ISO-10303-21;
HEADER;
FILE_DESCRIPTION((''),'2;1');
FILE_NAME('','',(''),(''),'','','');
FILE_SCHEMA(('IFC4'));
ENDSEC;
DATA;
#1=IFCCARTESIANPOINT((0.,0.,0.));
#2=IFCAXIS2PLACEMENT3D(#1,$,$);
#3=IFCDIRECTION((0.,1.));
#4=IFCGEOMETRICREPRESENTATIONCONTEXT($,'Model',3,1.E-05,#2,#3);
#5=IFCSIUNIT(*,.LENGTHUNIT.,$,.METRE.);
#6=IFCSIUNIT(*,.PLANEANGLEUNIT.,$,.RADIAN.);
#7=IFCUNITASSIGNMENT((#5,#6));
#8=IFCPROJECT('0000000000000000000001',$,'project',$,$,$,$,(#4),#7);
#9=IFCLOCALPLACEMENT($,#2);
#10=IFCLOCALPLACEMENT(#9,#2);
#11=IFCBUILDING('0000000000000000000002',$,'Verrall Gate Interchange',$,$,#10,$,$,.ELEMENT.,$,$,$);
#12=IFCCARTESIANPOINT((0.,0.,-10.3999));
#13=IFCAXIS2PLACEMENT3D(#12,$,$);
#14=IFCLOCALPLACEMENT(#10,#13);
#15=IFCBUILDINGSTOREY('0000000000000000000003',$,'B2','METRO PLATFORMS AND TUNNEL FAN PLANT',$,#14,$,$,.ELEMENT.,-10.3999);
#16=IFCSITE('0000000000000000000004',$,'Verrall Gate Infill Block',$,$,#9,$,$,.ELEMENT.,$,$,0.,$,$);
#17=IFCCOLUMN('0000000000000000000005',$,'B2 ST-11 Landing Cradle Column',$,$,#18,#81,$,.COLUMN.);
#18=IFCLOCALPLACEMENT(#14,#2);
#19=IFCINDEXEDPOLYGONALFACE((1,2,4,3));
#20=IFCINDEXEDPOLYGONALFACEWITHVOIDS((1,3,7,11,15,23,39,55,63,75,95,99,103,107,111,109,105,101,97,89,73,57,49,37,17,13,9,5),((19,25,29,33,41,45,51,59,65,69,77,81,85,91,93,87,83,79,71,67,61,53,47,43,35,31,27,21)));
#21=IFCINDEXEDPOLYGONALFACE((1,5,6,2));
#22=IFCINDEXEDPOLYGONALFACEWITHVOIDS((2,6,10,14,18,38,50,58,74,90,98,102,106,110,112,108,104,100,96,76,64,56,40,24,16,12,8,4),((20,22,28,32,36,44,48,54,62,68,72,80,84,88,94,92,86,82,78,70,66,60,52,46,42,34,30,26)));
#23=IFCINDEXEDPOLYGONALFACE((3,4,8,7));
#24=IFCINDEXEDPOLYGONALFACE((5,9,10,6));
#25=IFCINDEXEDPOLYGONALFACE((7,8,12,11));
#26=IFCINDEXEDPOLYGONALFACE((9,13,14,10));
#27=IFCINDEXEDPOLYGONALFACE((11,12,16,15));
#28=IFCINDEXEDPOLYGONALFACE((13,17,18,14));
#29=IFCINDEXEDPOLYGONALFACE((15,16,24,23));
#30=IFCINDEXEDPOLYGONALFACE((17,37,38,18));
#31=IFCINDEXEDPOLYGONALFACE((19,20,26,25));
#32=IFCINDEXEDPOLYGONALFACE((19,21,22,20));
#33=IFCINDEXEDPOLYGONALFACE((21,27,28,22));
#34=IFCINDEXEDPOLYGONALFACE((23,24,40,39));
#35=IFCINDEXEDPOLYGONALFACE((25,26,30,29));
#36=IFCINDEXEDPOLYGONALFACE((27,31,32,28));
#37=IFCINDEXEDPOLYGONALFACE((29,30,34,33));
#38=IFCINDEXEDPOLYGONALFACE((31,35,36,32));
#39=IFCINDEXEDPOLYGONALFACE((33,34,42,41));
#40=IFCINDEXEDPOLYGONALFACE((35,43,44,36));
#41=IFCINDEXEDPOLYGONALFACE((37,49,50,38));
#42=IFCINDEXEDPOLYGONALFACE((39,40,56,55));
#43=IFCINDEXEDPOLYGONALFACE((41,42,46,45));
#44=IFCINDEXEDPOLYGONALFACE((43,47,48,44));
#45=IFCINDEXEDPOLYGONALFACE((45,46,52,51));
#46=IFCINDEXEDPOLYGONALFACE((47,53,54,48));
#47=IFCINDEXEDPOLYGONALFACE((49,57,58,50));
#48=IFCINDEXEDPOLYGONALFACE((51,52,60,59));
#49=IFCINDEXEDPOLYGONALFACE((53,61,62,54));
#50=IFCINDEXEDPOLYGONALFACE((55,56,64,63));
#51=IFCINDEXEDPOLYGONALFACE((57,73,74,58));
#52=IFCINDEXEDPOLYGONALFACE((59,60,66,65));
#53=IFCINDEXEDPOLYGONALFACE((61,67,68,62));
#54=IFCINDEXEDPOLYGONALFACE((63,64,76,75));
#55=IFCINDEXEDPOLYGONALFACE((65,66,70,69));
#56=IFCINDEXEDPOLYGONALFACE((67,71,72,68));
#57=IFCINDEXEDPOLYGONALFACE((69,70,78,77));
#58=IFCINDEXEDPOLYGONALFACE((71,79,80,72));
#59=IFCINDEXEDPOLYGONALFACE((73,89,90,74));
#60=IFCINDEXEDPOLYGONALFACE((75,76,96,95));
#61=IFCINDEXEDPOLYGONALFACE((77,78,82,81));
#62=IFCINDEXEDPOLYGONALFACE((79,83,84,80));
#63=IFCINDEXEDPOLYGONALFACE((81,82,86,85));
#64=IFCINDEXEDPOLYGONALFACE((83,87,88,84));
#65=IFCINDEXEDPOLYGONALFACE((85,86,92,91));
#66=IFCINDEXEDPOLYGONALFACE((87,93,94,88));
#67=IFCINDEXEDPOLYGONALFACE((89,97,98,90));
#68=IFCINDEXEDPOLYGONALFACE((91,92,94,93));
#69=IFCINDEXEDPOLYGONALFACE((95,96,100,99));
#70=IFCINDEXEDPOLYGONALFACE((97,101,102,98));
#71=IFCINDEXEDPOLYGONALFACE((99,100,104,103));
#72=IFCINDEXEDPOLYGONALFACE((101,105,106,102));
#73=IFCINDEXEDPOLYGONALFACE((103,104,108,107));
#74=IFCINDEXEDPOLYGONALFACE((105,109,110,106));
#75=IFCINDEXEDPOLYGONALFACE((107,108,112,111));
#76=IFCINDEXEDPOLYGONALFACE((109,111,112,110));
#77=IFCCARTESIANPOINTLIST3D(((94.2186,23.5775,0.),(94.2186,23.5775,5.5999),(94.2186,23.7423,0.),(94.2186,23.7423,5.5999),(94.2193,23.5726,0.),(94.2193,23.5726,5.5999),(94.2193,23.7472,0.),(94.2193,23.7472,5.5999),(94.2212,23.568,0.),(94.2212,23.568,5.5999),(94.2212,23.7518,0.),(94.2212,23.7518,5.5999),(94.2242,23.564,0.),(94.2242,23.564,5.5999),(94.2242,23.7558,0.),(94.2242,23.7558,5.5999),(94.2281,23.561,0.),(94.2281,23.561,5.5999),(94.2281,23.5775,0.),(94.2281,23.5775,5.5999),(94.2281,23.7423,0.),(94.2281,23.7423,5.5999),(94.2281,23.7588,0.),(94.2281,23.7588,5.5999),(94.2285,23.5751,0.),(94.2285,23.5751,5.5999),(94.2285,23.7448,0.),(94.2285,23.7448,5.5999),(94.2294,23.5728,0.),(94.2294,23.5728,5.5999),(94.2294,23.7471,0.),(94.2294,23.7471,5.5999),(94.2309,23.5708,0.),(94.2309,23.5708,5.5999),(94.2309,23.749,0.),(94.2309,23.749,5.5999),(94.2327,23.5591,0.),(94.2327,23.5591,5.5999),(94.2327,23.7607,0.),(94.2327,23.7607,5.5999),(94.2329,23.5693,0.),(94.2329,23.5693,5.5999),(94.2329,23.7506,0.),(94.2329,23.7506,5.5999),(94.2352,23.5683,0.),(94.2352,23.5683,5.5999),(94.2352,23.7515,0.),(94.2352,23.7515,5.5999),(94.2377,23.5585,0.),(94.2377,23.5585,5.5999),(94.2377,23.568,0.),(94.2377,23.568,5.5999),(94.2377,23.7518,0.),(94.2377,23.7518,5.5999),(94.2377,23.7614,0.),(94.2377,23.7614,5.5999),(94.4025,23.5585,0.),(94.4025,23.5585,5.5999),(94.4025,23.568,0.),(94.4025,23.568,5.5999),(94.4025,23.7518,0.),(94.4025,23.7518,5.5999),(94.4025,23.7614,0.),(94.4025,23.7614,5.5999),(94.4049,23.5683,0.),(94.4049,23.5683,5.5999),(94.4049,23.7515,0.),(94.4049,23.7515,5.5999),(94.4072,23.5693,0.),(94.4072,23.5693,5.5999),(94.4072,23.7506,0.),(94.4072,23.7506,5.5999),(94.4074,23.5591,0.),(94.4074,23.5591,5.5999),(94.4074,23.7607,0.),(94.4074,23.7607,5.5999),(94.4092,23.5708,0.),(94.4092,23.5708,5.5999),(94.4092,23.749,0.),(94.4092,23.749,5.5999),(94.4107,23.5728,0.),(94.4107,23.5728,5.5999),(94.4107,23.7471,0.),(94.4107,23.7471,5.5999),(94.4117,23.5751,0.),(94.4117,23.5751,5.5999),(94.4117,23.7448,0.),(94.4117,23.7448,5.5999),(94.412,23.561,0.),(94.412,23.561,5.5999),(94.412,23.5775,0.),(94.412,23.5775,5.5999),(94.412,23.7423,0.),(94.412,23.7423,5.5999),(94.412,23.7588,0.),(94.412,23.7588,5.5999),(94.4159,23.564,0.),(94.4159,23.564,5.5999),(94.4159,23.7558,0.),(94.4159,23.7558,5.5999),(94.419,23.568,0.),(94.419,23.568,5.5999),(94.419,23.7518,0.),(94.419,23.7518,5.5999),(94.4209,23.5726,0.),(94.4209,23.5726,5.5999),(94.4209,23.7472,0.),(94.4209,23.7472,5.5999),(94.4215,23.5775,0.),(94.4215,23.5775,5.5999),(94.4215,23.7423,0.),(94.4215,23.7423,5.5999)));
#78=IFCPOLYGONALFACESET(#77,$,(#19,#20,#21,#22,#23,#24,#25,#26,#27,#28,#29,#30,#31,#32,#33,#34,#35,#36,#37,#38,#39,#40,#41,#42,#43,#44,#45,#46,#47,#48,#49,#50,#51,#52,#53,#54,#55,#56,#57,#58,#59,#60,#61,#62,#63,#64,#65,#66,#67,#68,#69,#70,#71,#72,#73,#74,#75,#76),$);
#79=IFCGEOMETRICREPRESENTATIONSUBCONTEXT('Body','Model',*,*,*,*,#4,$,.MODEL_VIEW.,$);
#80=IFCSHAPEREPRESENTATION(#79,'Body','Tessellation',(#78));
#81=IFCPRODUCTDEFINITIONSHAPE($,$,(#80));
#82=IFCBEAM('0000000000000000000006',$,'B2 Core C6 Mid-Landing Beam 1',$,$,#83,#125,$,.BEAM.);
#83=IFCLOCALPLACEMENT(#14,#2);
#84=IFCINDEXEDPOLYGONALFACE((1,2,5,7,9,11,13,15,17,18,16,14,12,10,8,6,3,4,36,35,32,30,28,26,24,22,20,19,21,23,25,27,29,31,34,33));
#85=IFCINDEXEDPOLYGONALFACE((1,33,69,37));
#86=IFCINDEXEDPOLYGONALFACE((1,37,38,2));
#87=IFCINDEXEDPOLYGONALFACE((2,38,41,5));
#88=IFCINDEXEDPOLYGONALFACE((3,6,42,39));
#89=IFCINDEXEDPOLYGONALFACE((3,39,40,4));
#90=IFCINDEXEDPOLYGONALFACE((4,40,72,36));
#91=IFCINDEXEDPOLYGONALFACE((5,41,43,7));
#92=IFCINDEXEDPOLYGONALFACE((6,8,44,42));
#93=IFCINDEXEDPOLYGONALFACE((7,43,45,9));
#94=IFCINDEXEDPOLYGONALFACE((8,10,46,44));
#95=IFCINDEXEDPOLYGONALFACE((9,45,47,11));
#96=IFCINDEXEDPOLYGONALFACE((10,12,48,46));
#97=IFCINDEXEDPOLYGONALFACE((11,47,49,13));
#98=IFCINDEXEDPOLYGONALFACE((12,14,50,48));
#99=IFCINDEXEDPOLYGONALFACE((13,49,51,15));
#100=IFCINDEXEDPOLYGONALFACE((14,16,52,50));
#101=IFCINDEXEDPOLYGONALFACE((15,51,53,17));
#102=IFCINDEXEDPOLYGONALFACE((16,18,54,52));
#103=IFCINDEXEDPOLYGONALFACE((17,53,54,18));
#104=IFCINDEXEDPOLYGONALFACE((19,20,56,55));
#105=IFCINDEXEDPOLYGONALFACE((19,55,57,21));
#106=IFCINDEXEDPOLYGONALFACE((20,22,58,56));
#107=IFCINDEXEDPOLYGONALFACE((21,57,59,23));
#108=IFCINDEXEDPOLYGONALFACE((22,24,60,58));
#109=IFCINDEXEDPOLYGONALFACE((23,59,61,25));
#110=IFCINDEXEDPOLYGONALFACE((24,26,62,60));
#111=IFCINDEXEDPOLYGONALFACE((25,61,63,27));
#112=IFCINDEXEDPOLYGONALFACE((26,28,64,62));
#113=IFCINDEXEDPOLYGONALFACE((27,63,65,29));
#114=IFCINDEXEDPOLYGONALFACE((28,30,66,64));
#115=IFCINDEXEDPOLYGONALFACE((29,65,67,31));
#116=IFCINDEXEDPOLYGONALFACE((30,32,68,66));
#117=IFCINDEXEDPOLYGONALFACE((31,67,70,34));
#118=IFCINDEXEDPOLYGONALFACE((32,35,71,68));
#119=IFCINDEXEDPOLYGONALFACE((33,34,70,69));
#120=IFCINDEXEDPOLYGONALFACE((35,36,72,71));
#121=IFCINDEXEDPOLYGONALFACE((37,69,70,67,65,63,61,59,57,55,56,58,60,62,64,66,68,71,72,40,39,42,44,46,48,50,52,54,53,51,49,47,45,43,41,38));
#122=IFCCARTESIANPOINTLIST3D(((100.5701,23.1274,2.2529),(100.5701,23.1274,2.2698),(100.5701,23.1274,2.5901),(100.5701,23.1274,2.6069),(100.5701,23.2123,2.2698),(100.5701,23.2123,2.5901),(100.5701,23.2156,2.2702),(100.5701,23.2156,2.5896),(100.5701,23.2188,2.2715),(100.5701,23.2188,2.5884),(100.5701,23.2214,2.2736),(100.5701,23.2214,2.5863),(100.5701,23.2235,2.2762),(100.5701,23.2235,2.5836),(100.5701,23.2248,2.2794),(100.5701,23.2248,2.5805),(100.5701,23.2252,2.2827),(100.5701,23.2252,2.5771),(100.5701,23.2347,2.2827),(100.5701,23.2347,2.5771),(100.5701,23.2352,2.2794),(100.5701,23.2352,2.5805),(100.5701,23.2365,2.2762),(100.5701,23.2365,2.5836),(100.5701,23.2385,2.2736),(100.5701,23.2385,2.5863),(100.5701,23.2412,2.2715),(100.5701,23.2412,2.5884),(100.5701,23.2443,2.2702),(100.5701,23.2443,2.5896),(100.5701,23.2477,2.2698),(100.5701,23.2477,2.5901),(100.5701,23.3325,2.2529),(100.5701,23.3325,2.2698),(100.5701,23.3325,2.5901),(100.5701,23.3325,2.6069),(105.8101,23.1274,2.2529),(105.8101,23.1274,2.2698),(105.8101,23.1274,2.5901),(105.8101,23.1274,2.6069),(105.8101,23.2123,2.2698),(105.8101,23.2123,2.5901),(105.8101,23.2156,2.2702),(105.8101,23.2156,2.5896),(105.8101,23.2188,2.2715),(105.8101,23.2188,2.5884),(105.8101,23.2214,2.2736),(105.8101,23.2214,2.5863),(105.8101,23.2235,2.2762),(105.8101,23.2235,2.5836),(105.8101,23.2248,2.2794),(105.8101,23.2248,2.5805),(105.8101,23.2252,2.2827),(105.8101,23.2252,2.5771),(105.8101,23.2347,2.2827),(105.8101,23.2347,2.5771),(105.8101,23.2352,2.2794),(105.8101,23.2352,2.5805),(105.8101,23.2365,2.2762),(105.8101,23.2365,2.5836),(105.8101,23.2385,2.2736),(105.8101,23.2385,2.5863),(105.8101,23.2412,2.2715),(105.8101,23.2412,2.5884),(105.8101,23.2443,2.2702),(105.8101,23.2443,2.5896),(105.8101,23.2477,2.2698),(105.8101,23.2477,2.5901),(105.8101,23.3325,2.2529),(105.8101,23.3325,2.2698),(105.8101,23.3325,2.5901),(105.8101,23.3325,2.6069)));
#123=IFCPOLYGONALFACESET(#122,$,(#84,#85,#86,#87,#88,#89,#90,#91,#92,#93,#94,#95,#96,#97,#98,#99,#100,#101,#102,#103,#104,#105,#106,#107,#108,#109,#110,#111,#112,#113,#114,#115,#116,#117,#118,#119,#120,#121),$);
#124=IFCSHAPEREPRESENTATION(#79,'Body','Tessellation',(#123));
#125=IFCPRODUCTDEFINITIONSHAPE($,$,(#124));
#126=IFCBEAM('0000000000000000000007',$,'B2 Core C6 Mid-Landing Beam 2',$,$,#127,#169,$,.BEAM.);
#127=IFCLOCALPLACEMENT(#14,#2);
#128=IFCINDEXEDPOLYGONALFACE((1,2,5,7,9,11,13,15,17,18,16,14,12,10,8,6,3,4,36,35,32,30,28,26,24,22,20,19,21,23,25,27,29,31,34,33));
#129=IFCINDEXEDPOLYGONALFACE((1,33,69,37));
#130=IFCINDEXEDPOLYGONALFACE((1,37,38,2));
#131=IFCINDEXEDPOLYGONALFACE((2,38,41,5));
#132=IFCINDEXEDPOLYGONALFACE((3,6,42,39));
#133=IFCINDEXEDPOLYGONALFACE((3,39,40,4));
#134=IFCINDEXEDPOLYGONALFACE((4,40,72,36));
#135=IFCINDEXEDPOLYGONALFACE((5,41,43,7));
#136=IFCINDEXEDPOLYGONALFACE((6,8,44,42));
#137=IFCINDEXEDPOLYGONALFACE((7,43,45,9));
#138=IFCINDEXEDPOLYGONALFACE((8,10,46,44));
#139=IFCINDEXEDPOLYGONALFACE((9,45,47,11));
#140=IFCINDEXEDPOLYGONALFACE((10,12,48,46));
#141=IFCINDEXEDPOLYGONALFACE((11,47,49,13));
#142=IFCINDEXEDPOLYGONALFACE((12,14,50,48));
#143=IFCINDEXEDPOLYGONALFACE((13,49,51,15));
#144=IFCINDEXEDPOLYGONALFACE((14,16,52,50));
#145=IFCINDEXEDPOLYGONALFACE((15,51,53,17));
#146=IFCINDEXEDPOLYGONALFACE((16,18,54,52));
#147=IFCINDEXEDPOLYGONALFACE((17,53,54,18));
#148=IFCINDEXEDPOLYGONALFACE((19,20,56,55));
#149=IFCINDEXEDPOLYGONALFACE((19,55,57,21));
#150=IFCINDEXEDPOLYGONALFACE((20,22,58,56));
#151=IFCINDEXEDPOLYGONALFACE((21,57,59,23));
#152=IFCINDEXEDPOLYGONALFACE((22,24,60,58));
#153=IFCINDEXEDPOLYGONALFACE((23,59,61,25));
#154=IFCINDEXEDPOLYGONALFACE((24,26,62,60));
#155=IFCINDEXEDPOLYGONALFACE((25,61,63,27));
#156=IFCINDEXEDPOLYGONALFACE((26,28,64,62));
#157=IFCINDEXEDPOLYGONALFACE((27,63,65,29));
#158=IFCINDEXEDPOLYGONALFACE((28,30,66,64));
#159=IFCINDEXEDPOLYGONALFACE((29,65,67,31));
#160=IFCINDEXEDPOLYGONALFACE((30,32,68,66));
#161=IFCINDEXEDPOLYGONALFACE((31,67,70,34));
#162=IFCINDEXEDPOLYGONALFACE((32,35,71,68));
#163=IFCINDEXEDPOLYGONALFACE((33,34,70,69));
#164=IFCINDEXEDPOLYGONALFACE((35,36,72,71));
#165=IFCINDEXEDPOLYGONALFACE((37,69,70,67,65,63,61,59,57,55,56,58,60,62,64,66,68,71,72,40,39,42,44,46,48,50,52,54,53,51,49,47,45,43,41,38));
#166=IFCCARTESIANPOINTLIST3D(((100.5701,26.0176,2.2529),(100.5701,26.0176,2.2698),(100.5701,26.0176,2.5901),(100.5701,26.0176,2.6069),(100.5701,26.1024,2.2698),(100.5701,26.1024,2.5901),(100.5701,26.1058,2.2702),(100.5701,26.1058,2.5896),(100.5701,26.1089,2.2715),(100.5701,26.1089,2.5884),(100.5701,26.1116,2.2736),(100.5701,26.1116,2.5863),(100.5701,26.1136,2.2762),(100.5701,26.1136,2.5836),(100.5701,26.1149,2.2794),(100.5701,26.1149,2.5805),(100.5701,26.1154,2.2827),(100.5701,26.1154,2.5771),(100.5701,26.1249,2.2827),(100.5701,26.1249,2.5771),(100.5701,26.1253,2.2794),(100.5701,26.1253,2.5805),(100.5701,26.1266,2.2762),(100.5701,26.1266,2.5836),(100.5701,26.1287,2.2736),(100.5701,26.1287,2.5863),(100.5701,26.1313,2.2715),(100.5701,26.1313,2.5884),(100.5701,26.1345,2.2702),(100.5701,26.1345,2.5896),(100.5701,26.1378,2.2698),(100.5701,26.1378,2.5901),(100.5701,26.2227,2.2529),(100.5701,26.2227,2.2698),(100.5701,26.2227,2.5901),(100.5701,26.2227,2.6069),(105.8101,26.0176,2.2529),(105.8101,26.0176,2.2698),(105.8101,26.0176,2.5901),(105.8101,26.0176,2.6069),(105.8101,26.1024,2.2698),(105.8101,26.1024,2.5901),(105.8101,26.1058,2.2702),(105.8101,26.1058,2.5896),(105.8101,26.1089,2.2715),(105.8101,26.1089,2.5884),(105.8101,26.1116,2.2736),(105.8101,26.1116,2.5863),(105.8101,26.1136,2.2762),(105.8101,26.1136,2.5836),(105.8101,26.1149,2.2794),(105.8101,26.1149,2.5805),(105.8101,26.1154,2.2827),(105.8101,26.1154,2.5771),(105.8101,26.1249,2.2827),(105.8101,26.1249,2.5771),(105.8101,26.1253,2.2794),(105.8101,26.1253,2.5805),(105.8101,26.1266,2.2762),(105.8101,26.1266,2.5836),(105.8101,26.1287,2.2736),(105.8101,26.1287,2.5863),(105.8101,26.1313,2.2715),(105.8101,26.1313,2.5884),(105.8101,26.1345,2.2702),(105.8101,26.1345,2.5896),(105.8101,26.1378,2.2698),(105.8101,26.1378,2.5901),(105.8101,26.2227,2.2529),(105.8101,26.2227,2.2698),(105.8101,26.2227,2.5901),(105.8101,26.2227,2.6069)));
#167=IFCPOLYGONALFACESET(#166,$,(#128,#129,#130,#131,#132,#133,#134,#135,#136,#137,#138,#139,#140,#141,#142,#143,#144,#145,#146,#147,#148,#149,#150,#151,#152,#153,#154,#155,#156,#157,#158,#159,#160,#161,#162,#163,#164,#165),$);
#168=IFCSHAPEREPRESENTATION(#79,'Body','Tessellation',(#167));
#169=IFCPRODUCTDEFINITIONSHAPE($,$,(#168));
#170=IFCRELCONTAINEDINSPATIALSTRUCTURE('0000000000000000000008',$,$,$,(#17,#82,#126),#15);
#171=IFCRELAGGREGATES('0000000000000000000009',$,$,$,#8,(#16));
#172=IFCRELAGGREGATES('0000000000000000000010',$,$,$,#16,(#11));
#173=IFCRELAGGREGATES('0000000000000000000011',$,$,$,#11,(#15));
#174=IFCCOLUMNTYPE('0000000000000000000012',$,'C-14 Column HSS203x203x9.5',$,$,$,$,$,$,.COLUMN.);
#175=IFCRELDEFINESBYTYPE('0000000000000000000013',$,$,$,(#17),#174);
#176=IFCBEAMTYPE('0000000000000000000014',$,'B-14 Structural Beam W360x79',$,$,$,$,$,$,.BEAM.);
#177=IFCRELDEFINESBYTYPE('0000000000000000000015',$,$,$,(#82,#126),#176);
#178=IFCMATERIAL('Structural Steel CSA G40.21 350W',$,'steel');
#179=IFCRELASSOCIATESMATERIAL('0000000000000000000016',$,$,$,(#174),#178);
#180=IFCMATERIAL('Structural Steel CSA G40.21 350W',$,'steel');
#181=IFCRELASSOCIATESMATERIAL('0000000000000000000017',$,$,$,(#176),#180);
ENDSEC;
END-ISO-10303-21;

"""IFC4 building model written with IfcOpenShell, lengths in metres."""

from ifc_helpers import new_model, si_unit, direction, frame, origin, origin_2d, place, context, subcontext, project, spatial, hollow_rectangle, i_section, extrude, material, material_profile, profile_set, type_object, element, save


model = new_model("IFC4")

# Units and contexts
model_context = context("Model", 3, precision=1e-05, world=origin(), true_north=direction((0.0, 1.0)))
body_context = subcontext(model_context, "Body", "Model", "MODEL_VIEW")
ifc_project = project(units=[si_unit("LENGTHUNIT", "METRE"), si_unit("PLANEANGLEUNIT", "RADIAN")], contexts=[model_context])

# Site, building, storey
site_placement = place(None, origin())
site = spatial("IfcSite", under=ifc_project, at=site_placement, Name="Verrall Gate Infill Block", CompositionType="ELEMENT", RefElevation=0.0)
building_placement = place(site_placement, origin())
building = spatial("IfcBuilding", under=site, at=building_placement, Name="Verrall Gate Interchange", CompositionType="ELEMENT")
storey_placement = place(building_placement, frame((0.0, 0.0, -10.3999)))
storey = spatial("IfcBuildingStorey", under=building, at=storey_placement, Name="B2", Description="METRO PLATFORMS AND TUNNEL FAN PLANT", CompositionType="ELEMENT", Elevation=-10.3999)

# Column
ifc_material_1 = material(Name="Structural Steel CSA G40.21 350W", Category="steel")
ifc_material_profile_1 = material_profile(ifc_material_1, hollow_rectangle(XDim=0.2029, YDim=0.2029, WallThickness=0.0095, InnerFilletRadius=0.0095, OuterFilletRadius=0.019, at=origin_2d()), Name="HSS203x203x9.5")
ifc_profile_set_1 = profile_set([ifc_material_profile_1], Name="Structural Steel CSA G40.21 350W")
column_type_1 = type_object("IfcColumnType", Name="C-14 Column HSS203x203x9.5", PredefinedType="COLUMN", material=ifc_profile_set_1)
column_1_placement = place(storey_placement, frame((94.3201, 23.6599, 0.0), z_axis=(0.0, 0.0, 1.0), x_axis=(1.0, 0.0, 0.0)))
element("IfcColumn", 1, at=column_1_placement, inside=storey, type_object=column_type_1, Name="B2 ST-11 Landing Cradle Column", PredefinedType="COLUMN", context=body_context, shape_type="SweptSolid", body=[
    extrude(hollow_rectangle(XDim=0.2029, YDim=0.2029, WallThickness=0.0095, InnerFilletRadius=0.0095, OuterFilletRadius=0.019, at=origin_2d()), origin(), (0.0, 0.0, 1.0), 5.5999),
])

# Beams
ifc_material_2 = material(Name="Structural Steel CSA G40.21 350W", Category="steel")
ifc_material_profile_2 = material_profile(ifc_material_2, i_section(OverallWidth=0.2051, OverallDepth=0.354, WebThickness=0.0095, FlangeThickness=0.0168, FilletRadius=0.0129, at=origin_2d()), Name="W360x79")
ifc_profile_set_2 = profile_set([ifc_material_profile_2], Name="Structural Steel CSA G40.21 350W")
beam_type = type_object("IfcBeamType", Name="B-14 Structural Beam W360x79", PredefinedType="BEAM", material=ifc_profile_set_2)
for number, where, z_axis, x_axis, name in (
    (2, (100.5701, 23.23, 2.4299), (1.0, 0.0, 0.0), (0.0, 1.0, 0.0), "B2 Core C6 Mid-Landing Beam 1"),
    (3, (100.5701, 26.1201, 2.4299), (1.0, 0.0, 0.0), (0.0, 1.0, 0.0), "B2 Core C6 Mid-Landing Beam 2"),
):
    element("IfcBeam", number, at=place(storey_placement, frame(where, z_axis=z_axis, x_axis=x_axis)), inside=storey, type_object=beam_type, Name=name, PredefinedType="BEAM", context=body_context, shape_type="SweptSolid", body=[
        extrude(i_section(OverallWidth=0.2051, OverallDepth=0.354, WebThickness=0.0095, FlangeThickness=0.0168, FilletRadius=0.0129, at=origin_2d()), origin(), (0.0, 0.0, 1.0), 5.24),
    ])

save(model, "model.ifc")
